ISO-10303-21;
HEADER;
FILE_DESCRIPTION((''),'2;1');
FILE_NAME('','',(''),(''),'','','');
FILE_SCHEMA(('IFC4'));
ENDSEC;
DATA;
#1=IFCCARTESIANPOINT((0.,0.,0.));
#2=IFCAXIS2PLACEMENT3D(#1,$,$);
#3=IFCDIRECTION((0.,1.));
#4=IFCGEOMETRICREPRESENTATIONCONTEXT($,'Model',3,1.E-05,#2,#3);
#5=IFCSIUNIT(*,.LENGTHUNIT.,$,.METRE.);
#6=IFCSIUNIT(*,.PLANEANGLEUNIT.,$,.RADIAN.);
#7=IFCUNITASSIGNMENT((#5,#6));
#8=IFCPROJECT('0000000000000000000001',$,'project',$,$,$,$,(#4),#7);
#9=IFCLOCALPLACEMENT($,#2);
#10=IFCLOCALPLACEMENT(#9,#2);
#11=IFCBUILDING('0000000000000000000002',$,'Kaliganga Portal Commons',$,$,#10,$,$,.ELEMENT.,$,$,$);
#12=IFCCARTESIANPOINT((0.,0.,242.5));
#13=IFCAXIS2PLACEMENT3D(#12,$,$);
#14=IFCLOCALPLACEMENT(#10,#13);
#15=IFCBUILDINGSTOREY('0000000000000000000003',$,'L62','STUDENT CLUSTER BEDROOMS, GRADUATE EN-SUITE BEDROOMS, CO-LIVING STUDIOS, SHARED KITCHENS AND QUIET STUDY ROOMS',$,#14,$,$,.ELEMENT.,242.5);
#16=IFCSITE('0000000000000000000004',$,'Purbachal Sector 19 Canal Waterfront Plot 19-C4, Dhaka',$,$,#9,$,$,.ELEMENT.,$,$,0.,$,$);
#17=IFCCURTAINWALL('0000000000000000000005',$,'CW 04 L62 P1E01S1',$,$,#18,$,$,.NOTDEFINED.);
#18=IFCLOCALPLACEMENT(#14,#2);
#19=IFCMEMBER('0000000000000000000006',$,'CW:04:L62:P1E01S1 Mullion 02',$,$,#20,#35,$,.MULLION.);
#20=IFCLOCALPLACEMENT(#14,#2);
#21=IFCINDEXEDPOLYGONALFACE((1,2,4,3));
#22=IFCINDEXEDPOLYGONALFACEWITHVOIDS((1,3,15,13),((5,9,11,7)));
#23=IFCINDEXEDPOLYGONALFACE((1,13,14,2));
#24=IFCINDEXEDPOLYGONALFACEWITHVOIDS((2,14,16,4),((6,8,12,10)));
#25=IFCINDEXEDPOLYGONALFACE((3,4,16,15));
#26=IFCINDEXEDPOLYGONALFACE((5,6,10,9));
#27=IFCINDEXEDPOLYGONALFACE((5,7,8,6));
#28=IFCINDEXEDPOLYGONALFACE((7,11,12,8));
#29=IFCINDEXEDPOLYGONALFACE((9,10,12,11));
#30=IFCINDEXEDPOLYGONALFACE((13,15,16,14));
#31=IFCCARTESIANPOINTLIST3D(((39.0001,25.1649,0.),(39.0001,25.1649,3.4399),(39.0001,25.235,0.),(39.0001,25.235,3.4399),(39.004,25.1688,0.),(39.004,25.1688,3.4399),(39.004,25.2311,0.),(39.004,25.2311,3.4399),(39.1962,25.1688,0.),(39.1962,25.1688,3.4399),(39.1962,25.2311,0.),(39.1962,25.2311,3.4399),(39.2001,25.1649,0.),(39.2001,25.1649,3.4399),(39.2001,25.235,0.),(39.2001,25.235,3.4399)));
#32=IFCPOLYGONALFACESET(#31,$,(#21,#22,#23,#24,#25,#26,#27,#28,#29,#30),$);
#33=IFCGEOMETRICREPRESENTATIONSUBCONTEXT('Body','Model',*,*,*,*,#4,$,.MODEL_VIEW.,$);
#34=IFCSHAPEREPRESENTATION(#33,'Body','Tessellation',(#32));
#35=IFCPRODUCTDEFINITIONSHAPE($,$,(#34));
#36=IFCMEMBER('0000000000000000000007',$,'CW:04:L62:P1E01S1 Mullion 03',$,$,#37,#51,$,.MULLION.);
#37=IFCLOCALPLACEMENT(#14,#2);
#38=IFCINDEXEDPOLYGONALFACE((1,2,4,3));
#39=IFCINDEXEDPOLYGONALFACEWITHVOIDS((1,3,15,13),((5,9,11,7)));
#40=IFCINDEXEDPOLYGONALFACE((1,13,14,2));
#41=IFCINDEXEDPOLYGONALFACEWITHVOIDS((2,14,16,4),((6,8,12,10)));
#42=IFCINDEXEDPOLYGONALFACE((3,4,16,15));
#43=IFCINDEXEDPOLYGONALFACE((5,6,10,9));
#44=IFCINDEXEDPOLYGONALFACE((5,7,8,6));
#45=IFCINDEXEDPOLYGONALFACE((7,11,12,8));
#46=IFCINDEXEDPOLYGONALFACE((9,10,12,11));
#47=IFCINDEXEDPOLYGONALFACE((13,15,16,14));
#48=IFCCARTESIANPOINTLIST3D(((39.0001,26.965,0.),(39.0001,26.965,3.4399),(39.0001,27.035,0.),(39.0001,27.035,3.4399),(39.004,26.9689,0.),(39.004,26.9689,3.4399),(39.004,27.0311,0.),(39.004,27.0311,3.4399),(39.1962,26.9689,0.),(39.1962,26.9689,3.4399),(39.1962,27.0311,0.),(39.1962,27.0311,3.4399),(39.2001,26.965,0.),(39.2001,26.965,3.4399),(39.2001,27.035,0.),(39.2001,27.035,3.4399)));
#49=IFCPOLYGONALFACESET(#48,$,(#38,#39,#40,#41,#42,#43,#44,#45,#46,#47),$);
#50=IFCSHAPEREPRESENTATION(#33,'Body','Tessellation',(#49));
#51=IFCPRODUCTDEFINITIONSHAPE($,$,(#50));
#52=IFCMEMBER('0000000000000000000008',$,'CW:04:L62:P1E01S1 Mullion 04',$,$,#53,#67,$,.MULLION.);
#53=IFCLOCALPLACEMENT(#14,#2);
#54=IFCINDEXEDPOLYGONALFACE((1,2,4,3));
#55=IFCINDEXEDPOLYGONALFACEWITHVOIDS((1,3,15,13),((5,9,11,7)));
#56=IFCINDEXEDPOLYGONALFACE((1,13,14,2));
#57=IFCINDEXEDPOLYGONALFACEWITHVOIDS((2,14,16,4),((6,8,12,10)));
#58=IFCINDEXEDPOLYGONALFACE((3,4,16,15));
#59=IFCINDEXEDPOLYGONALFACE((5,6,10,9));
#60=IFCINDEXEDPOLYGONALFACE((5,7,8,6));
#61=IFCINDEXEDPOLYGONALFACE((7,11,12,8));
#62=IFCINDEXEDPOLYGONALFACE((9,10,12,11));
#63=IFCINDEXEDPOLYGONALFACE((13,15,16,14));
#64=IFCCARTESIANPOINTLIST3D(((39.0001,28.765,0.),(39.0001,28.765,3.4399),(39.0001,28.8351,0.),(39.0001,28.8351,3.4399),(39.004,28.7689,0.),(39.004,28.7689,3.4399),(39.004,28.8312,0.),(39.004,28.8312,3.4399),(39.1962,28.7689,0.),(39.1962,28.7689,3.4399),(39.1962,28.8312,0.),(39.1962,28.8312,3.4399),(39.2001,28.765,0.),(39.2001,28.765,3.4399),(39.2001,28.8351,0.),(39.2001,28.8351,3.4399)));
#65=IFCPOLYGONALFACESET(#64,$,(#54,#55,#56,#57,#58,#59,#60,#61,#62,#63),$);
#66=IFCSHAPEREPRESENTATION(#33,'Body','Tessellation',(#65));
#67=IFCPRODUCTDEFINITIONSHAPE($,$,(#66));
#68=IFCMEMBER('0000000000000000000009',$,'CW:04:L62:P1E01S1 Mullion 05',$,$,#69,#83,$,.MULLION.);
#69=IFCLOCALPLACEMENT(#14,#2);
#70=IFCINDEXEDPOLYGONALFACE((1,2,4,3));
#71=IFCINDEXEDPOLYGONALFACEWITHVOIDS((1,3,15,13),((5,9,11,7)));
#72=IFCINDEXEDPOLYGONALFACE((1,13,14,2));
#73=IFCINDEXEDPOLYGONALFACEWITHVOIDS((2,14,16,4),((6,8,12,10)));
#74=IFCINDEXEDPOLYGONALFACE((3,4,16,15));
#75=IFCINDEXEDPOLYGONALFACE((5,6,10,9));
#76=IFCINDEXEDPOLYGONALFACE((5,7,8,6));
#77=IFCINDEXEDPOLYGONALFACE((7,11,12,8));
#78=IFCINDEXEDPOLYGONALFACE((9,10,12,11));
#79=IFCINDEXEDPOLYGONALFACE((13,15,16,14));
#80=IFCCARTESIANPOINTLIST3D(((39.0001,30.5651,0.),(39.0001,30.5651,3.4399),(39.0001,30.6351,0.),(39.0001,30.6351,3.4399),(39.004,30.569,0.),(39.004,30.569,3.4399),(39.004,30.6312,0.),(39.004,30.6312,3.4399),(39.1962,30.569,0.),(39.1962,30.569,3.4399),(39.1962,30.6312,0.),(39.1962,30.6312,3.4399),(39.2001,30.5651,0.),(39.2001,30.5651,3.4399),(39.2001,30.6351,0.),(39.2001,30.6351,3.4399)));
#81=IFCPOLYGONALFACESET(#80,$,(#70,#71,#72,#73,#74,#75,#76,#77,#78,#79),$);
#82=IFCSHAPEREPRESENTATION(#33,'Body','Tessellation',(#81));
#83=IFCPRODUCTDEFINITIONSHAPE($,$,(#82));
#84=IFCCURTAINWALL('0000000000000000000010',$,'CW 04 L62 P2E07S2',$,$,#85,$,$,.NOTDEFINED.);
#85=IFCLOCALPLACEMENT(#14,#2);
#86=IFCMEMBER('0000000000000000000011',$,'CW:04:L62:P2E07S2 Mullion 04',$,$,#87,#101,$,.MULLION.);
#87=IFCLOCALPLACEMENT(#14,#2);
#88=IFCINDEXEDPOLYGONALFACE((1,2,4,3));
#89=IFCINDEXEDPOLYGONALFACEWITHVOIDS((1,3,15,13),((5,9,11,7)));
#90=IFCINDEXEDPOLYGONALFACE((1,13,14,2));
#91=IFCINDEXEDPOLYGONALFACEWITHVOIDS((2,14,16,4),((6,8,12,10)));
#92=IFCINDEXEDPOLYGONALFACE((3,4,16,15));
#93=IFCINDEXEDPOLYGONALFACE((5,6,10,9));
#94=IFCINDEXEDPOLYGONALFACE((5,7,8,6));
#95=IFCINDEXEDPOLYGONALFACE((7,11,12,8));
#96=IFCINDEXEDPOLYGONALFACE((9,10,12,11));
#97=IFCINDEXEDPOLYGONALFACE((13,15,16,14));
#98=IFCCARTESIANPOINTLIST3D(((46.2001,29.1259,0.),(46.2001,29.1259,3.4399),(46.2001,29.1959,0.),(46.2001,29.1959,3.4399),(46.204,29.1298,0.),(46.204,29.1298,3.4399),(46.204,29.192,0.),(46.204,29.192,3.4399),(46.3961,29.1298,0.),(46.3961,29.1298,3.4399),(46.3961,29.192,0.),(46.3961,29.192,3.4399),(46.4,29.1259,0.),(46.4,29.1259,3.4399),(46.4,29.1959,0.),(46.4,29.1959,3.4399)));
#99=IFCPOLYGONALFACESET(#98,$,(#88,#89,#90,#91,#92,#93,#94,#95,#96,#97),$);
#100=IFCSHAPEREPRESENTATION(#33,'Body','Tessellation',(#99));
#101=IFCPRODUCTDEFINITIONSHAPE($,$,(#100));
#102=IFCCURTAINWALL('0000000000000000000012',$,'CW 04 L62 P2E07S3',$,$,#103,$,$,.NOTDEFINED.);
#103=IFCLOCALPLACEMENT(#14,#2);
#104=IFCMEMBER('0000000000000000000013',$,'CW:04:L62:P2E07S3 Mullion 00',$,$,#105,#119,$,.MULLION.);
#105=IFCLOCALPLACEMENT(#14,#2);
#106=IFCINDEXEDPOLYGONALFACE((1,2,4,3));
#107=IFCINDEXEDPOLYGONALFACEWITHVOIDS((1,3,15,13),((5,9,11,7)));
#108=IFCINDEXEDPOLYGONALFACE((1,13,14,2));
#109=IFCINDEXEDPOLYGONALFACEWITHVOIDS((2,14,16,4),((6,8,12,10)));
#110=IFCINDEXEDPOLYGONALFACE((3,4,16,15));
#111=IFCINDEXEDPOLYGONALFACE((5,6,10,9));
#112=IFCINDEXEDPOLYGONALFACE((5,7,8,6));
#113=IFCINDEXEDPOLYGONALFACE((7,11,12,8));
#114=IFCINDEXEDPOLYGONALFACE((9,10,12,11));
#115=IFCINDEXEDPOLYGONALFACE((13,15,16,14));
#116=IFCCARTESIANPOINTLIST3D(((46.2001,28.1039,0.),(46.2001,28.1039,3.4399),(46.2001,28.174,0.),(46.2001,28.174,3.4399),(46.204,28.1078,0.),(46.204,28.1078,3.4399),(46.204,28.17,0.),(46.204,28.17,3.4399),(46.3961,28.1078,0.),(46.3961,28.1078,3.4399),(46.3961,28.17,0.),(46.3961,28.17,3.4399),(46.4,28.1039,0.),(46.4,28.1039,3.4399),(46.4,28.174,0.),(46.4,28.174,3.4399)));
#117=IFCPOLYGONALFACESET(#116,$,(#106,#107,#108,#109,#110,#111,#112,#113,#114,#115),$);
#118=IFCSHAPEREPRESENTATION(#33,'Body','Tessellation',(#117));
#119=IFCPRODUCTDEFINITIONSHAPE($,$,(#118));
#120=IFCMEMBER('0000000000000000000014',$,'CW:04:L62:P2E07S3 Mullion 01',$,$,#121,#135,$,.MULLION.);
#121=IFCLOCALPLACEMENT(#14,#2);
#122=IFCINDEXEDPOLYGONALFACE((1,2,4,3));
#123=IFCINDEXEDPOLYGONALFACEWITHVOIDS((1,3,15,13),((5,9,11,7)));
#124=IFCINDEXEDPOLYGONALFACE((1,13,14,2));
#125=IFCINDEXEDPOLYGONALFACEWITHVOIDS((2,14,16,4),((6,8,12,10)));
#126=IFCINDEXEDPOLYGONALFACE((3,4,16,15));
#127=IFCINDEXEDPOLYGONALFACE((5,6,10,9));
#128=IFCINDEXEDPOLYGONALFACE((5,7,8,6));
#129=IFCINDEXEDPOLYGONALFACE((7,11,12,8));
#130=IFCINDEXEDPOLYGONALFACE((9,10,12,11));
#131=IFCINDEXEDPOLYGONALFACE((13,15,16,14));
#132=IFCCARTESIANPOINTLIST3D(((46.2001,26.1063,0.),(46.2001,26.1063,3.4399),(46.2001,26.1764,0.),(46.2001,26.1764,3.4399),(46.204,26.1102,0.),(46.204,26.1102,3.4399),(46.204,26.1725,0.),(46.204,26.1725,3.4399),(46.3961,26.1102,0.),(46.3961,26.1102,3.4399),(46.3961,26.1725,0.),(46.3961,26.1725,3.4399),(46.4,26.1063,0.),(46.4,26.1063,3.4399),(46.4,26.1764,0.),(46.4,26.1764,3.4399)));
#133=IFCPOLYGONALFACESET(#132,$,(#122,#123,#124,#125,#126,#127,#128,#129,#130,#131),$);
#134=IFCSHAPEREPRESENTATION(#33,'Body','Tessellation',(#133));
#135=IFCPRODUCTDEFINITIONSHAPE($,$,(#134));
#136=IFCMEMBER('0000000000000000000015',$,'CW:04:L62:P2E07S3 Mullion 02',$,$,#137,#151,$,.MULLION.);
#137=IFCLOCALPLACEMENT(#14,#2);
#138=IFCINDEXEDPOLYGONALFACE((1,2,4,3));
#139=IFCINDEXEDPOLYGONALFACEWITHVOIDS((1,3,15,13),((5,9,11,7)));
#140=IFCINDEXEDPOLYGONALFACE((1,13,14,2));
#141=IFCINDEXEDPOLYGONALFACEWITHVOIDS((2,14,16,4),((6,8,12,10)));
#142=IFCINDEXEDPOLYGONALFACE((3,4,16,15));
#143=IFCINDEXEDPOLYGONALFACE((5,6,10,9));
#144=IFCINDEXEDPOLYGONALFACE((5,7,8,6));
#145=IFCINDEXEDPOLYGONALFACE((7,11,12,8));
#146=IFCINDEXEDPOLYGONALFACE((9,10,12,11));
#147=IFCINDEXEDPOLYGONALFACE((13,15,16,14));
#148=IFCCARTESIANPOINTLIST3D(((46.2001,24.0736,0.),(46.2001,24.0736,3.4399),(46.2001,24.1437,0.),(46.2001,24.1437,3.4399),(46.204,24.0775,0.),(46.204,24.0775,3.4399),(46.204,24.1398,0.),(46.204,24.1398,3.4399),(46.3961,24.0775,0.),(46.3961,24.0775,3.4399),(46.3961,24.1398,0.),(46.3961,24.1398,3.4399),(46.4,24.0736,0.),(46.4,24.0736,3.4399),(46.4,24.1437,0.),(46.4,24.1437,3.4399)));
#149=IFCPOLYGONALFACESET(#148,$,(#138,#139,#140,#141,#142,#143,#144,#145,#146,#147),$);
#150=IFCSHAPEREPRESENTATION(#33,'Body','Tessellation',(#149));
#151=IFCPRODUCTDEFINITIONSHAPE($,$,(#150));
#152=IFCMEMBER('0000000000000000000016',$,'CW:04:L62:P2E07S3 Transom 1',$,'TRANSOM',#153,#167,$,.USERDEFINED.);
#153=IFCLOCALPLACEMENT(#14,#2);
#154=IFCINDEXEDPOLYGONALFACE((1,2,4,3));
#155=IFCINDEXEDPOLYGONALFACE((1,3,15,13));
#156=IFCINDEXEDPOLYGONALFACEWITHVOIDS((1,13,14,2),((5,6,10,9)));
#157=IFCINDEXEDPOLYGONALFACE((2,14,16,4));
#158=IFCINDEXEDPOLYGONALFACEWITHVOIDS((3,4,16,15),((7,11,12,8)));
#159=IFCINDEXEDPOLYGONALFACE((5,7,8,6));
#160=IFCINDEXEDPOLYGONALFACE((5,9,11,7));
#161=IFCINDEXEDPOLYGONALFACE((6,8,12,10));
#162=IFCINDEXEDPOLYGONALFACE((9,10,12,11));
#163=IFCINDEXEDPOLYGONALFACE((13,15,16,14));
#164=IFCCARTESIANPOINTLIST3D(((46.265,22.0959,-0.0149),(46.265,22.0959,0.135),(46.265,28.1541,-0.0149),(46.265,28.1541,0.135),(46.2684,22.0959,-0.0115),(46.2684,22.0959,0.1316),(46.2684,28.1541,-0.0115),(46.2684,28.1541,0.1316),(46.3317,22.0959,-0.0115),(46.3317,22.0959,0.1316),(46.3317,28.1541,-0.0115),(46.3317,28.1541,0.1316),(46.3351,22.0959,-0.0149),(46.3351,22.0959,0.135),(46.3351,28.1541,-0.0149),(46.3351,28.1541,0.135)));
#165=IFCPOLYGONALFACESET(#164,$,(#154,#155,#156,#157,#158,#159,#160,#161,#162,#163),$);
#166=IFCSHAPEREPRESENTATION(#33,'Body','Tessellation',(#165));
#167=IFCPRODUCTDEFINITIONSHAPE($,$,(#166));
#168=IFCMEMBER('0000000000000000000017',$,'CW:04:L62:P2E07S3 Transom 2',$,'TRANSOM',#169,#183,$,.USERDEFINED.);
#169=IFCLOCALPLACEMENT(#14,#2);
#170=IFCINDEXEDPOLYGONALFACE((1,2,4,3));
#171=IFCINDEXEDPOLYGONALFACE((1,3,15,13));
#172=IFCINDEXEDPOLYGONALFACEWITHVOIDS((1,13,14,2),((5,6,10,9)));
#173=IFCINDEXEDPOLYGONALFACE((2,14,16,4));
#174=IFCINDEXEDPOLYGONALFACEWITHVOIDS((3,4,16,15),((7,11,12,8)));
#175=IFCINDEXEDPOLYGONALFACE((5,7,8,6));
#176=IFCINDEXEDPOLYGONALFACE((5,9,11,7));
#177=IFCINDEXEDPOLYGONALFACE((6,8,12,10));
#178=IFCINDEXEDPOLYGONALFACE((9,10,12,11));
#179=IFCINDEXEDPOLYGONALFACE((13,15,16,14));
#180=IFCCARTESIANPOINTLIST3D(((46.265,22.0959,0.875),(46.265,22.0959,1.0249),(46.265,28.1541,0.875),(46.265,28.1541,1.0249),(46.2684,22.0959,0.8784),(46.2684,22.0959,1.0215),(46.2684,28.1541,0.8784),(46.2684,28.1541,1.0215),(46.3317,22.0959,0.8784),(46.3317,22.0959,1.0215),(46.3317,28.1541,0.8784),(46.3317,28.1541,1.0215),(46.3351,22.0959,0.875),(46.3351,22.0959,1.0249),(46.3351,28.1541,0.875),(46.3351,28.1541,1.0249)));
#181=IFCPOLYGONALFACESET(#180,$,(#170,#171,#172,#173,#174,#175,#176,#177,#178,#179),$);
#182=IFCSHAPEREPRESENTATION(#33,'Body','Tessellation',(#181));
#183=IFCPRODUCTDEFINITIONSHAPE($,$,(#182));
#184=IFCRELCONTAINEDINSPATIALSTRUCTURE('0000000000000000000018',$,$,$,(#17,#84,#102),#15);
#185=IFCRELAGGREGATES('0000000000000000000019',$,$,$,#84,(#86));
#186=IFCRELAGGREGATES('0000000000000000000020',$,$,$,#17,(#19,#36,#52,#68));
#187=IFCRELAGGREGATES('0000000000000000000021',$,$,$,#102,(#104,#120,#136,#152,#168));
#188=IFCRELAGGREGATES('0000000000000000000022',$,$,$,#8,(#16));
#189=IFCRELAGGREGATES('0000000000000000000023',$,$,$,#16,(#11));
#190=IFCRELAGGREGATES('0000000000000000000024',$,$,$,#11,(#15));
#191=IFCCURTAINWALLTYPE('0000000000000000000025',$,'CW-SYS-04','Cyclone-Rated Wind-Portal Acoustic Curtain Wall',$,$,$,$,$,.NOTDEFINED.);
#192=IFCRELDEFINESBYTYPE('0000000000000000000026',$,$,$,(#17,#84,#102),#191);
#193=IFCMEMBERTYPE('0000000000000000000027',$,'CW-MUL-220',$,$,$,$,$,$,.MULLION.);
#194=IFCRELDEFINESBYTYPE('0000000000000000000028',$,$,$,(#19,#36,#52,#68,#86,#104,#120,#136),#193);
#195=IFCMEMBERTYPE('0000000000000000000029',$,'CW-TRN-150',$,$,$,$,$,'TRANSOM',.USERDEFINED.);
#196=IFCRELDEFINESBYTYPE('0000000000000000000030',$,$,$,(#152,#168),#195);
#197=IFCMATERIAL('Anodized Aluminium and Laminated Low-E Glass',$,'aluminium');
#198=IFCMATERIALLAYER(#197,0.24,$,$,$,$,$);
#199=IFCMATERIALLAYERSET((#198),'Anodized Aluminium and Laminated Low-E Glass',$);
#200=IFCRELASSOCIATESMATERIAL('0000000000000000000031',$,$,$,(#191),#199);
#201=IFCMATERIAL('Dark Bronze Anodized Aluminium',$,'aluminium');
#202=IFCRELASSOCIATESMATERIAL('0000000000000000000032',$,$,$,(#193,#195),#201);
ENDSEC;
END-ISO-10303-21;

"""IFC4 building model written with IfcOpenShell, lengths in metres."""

from ifc_helpers import new_model, si_unit, direction, frame, origin, origin_2d, place, context, subcontext, project, spatial, hollow_rectangle, extrude, source, transform, mapped, material, layer, layer_set, material_profile, profile_set, type_object, element, aggregate, save


model = new_model("IFC4")

# Units and contexts
model_context = context("Model", 3, precision=1e-05, world=origin(), true_north=direction((0.0, 1.0)))
body_context = subcontext(model_context, "Body", "Model", "MODEL_VIEW")
ifc_project = project(units=[si_unit("LENGTHUNIT", "METRE"), si_unit("PLANEANGLEUNIT", "RADIAN")], contexts=[model_context])

# Site, building, storey
site_placement = place(None, origin())
site = spatial("IfcSite", under=ifc_project, at=site_placement, Name="Purbachal Sector 19 Canal Waterfront Plot 19-C4, Dhaka", CompositionType="ELEMENT", RefElevation=0.0)
building_placement = place(site_placement, origin())
building = spatial("IfcBuilding", under=site, at=building_placement, Name="Kaliganga Portal Commons", CompositionType="ELEMENT")
storey_placement = place(building_placement, frame((0.0, 0.0, 242.5)))
storey = spatial("IfcBuildingStorey", under=building, at=storey_placement, Name="L62", Description="STUDENT CLUSTER BEDROOMS, GRADUATE EN-SUITE BEDROOMS, CO-LIVING STUDIOS, SHARED KITCHENS AND QUIET STUDY ROOMS", CompositionType="ELEMENT", Elevation=242.5)

# Curtain wall, members
ifc_material_1 = material(Name="Anodized Aluminium and Laminated Low-E Glass", Category="aluminium")
ifc_layer_1 = layer(ifc_material_1, 0.24)
ifc_layer_set_1 = layer_set([ifc_layer_1], Name="Anodized Aluminium and Laminated Low-E Glass")
curtain_wall_type = type_object("IfcCurtainWallType", Name="CW-SYS-04", Description="Cyclone-Rated Wind-Portal Acoustic Curtain Wall", PredefinedType="NOTDEFINED", material=ifc_layer_set_1)
curtain_wall_1_placement = place(storey_placement, origin())
curtain_wall_1 = element("IfcCurtainWall", 1, at=curtain_wall_1_placement, inside=storey, type_object=curtain_wall_type, Name="CW 04 L62 P1E01S1", PredefinedType="NOTDEFINED")
ifc_material_2 = material(Name="Dark Bronze Anodized Aluminium", Category="aluminium")
ifc_material_profile_1 = material_profile(ifc_material_2, hollow_rectangle(XDim=0.0701, YDim=0.2, WallThickness=0.0039, at=origin_2d()), Name="ALU MULL 70x200x4")
ifc_profile_set_1 = profile_set([ifc_material_profile_1], Name="Dark Bronze Anodized Aluminium")
member_type_1 = type_object("IfcMemberType", Name="CW-MUL-220", PredefinedType="MULLION", material=ifc_profile_set_1)
shared_shape_1 = source(origin(), body_context, "Body", "SweptSolid", [
    extrude(hollow_rectangle(XDim=0.0701, YDim=0.2, WallThickness=0.0039, at=origin_2d()), origin(), (0.0, 0.0, 1.0), 3.4399),
])
member_1_placement = place(storey_placement, frame((39.1001, 25.2, 0.0), z_axis=(0.0, 0.0, 1.0), x_axis=(0.0, 1.0, 0.0)))
member_1 = element("IfcMember", 2, at=member_1_placement, type_object=member_type_1, Name="CW:04:L62:P1E01S1 Mullion 02", PredefinedType="MULLION", context=body_context, shape_type="MappedRepresentation", body=[
    mapped(shared_shape_1, transform((0.0, 0.0, 0.0), x_axis=(1.0, 0.0, 0.0), y_axis=(0.0, 1.0, 0.0), z_axis=(0.0, 0.0, 1.0), scale=1.0)),
])
member_2_placement = place(storey_placement, frame((39.1001, 27.0, 0.0), z_axis=(0.0, 0.0, 1.0), x_axis=(0.0, 1.0, 0.0)))
member_2 = element("IfcMember", 3, at=member_2_placement, type_object=member_type_1, Name="CW:04:L62:P1E01S1 Mullion 03", PredefinedType="MULLION", context=body_context, shape_type="MappedRepresentation", body=[
    mapped(shared_shape_1, transform((0.0, 0.0, 0.0), x_axis=(1.0, 0.0, 0.0), y_axis=(0.0, 1.0, 0.0), z_axis=(0.0, 0.0, 1.0), scale=1.0)),
])
member_3_placement = place(storey_placement, frame((39.1001, 28.8, 0.0), z_axis=(0.0, 0.0, 1.0), x_axis=(0.0, 1.0, 0.0)))
member_3 = element("IfcMember", 4, at=member_3_placement, type_object=member_type_1, Name="CW:04:L62:P1E01S1 Mullion 04", PredefinedType="MULLION", context=body_context, shape_type="MappedRepresentation", body=[
    mapped(shared_shape_1, transform((0.0, 0.0, 0.0), x_axis=(1.0, 0.0, 0.0), y_axis=(0.0, 1.0, 0.0), z_axis=(0.0, 0.0, 1.0), scale=1.0)),
])
member_4_placement = place(storey_placement, frame((39.1001, 30.6001, 0.0), z_axis=(0.0, 0.0, 1.0), x_axis=(0.0, 1.0, 0.0)))
member_4 = element("IfcMember", 5, at=member_4_placement, type_object=member_type_1, Name="CW:04:L62:P1E01S1 Mullion 05", PredefinedType="MULLION", context=body_context, shape_type="MappedRepresentation", body=[
    mapped(shared_shape_1, transform((0.0, 0.0, 0.0), x_axis=(1.0, 0.0, 0.0), y_axis=(0.0, 1.0, 0.0), z_axis=(0.0, 0.0, 1.0), scale=1.0)),
])

# Curtain wall, member
curtain_wall_2_placement = place(storey_placement, origin())
curtain_wall_2 = element("IfcCurtainWall", 6, at=curtain_wall_2_placement, inside=storey, type_object=curtain_wall_type, Name="CW 04 L62 P2E07S2", PredefinedType="NOTDEFINED")
member_5_placement = place(storey_placement, frame((46.3, 29.1609, 0.0), z_axis=(0.0, 0.0, 1.0), x_axis=(0.0, -1.0, 0.0)))
member_5 = element("IfcMember", 7, at=member_5_placement, type_object=member_type_1, Name="CW:04:L62:P2E07S2 Mullion 04", PredefinedType="MULLION", context=body_context, shape_type="MappedRepresentation", body=[
    mapped(shared_shape_1, transform((0.0, 0.0, 0.0), x_axis=(1.0, 0.0, 0.0), y_axis=(0.0, 1.0, 0.0), z_axis=(0.0, 0.0, 1.0), scale=1.0)),
])

# Curtain wall, members
curtain_wall_3_placement = place(storey_placement, origin())
curtain_wall_3 = element("IfcCurtainWall", 8, at=curtain_wall_3_placement, inside=storey, type_object=curtain_wall_type, Name="CW 04 L62 P2E07S3", PredefinedType="NOTDEFINED")
member_6_placement = place(storey_placement, frame((46.3, 28.1389, 0.0), z_axis=(0.0, 0.0, 1.0), x_axis=(0.0, -1.0, 0.0)))
member_6 = element("IfcMember", 9, at=member_6_placement, type_object=member_type_1, Name="CW:04:L62:P2E07S3 Mullion 00", PredefinedType="MULLION", context=body_context, shape_type="MappedRepresentation", body=[
    mapped(shared_shape_1, transform((0.0, 0.0, 0.0), x_axis=(1.0, 0.0, 0.0), y_axis=(0.0, 1.0, 0.0), z_axis=(0.0, 0.0, 1.0), scale=1.0)),
])
member_7_placement = place(storey_placement, frame((46.3, 26.1414, 0.0), z_axis=(0.0, 0.0, 1.0), x_axis=(0.0, -1.0, 0.0)))
member_7 = element("IfcMember", 10, at=member_7_placement, type_object=member_type_1, Name="CW:04:L62:P2E07S3 Mullion 01", PredefinedType="MULLION", context=body_context, shape_type="MappedRepresentation", body=[
    mapped(shared_shape_1, transform((0.0, 0.0, 0.0), x_axis=(1.0, 0.0, 0.0), y_axis=(0.0, 1.0, 0.0), z_axis=(0.0, 0.0, 1.0), scale=1.0)),
])
member_8_placement = place(storey_placement, frame((46.3, 24.1086, 0.0), z_axis=(0.0, 0.0, 1.0), x_axis=(0.0, -1.0, 0.0)))
member_8 = element("IfcMember", 11, at=member_8_placement, type_object=member_type_1, Name="CW:04:L62:P2E07S3 Mullion 02", PredefinedType="MULLION", context=body_context, shape_type="MappedRepresentation", body=[
    mapped(shared_shape_1, transform((0.0, 0.0, 0.0), x_axis=(1.0, 0.0, 0.0), y_axis=(0.0, 1.0, 0.0), z_axis=(0.0, 0.0, 1.0), scale=1.0)),
])
ifc_material_profile_2 = material_profile(ifc_material_2, hollow_rectangle(XDim=0.0701, YDim=0.1499, WallThickness=0.0034, at=origin_2d()), Name="ALU TRAN 70x150x3.5")
ifc_profile_set_2 = profile_set([ifc_material_profile_2], Name="Dark Bronze Anodized Aluminium")
member_type_2 = type_object("IfcMemberType", Name="CW-TRN-150", ElementType="TRANSOM", PredefinedType="USERDEFINED", material=ifc_profile_set_2)
shared_shape_2 = source(origin(), body_context, "Body", "SweptSolid", [
    extrude(hollow_rectangle(XDim=0.0701, YDim=0.1499, WallThickness=0.0034, at=origin_2d()), origin(), (0.0, 0.0, 1.0), 6.0581),
])
member_9_placement = place(storey_placement, frame((46.3, 28.1541, 0.0601), z_axis=(0.0, -1.0, 0.0), x_axis=(1.0, 0.0, 0.0)))
member_9 = element("IfcMember", 12, at=member_9_placement, type_object=member_type_2, Name="CW:04:L62:P2E07S3 Transom 1", ObjectType="TRANSOM", PredefinedType="USERDEFINED", context=body_context, shape_type="MappedRepresentation", body=[
    mapped(shared_shape_2, transform((0.0, 0.0, 0.0), x_axis=(1.0, 0.0, 0.0), y_axis=(0.0, 1.0, 0.0), z_axis=(0.0, 0.0, 1.0), scale=1.0)),
])
member_10_placement = place(storey_placement, frame((46.3, 28.1541, 0.95), z_axis=(0.0, -1.0, 0.0), x_axis=(1.0, 0.0, 0.0)))
member_10 = element("IfcMember", 13, at=member_10_placement, type_object=member_type_2, Name="CW:04:L62:P2E07S3 Transom 2", ObjectType="TRANSOM", PredefinedType="USERDEFINED", context=body_context, shape_type="MappedRepresentation", body=[
    mapped(shared_shape_2, transform((0.0, 0.0, 0.0), x_axis=(1.0, 0.0, 0.0), y_axis=(0.0, 1.0, 0.0), z_axis=(0.0, 0.0, 1.0), scale=1.0)),
])

aggregate(curtain_wall_2, [member_5])
aggregate(curtain_wall_1, [member_1, member_2, member_3, member_4])
aggregate(curtain_wall_3, [member_6, member_7, member_8, member_9, member_10])

save(model, "model.ifc")
